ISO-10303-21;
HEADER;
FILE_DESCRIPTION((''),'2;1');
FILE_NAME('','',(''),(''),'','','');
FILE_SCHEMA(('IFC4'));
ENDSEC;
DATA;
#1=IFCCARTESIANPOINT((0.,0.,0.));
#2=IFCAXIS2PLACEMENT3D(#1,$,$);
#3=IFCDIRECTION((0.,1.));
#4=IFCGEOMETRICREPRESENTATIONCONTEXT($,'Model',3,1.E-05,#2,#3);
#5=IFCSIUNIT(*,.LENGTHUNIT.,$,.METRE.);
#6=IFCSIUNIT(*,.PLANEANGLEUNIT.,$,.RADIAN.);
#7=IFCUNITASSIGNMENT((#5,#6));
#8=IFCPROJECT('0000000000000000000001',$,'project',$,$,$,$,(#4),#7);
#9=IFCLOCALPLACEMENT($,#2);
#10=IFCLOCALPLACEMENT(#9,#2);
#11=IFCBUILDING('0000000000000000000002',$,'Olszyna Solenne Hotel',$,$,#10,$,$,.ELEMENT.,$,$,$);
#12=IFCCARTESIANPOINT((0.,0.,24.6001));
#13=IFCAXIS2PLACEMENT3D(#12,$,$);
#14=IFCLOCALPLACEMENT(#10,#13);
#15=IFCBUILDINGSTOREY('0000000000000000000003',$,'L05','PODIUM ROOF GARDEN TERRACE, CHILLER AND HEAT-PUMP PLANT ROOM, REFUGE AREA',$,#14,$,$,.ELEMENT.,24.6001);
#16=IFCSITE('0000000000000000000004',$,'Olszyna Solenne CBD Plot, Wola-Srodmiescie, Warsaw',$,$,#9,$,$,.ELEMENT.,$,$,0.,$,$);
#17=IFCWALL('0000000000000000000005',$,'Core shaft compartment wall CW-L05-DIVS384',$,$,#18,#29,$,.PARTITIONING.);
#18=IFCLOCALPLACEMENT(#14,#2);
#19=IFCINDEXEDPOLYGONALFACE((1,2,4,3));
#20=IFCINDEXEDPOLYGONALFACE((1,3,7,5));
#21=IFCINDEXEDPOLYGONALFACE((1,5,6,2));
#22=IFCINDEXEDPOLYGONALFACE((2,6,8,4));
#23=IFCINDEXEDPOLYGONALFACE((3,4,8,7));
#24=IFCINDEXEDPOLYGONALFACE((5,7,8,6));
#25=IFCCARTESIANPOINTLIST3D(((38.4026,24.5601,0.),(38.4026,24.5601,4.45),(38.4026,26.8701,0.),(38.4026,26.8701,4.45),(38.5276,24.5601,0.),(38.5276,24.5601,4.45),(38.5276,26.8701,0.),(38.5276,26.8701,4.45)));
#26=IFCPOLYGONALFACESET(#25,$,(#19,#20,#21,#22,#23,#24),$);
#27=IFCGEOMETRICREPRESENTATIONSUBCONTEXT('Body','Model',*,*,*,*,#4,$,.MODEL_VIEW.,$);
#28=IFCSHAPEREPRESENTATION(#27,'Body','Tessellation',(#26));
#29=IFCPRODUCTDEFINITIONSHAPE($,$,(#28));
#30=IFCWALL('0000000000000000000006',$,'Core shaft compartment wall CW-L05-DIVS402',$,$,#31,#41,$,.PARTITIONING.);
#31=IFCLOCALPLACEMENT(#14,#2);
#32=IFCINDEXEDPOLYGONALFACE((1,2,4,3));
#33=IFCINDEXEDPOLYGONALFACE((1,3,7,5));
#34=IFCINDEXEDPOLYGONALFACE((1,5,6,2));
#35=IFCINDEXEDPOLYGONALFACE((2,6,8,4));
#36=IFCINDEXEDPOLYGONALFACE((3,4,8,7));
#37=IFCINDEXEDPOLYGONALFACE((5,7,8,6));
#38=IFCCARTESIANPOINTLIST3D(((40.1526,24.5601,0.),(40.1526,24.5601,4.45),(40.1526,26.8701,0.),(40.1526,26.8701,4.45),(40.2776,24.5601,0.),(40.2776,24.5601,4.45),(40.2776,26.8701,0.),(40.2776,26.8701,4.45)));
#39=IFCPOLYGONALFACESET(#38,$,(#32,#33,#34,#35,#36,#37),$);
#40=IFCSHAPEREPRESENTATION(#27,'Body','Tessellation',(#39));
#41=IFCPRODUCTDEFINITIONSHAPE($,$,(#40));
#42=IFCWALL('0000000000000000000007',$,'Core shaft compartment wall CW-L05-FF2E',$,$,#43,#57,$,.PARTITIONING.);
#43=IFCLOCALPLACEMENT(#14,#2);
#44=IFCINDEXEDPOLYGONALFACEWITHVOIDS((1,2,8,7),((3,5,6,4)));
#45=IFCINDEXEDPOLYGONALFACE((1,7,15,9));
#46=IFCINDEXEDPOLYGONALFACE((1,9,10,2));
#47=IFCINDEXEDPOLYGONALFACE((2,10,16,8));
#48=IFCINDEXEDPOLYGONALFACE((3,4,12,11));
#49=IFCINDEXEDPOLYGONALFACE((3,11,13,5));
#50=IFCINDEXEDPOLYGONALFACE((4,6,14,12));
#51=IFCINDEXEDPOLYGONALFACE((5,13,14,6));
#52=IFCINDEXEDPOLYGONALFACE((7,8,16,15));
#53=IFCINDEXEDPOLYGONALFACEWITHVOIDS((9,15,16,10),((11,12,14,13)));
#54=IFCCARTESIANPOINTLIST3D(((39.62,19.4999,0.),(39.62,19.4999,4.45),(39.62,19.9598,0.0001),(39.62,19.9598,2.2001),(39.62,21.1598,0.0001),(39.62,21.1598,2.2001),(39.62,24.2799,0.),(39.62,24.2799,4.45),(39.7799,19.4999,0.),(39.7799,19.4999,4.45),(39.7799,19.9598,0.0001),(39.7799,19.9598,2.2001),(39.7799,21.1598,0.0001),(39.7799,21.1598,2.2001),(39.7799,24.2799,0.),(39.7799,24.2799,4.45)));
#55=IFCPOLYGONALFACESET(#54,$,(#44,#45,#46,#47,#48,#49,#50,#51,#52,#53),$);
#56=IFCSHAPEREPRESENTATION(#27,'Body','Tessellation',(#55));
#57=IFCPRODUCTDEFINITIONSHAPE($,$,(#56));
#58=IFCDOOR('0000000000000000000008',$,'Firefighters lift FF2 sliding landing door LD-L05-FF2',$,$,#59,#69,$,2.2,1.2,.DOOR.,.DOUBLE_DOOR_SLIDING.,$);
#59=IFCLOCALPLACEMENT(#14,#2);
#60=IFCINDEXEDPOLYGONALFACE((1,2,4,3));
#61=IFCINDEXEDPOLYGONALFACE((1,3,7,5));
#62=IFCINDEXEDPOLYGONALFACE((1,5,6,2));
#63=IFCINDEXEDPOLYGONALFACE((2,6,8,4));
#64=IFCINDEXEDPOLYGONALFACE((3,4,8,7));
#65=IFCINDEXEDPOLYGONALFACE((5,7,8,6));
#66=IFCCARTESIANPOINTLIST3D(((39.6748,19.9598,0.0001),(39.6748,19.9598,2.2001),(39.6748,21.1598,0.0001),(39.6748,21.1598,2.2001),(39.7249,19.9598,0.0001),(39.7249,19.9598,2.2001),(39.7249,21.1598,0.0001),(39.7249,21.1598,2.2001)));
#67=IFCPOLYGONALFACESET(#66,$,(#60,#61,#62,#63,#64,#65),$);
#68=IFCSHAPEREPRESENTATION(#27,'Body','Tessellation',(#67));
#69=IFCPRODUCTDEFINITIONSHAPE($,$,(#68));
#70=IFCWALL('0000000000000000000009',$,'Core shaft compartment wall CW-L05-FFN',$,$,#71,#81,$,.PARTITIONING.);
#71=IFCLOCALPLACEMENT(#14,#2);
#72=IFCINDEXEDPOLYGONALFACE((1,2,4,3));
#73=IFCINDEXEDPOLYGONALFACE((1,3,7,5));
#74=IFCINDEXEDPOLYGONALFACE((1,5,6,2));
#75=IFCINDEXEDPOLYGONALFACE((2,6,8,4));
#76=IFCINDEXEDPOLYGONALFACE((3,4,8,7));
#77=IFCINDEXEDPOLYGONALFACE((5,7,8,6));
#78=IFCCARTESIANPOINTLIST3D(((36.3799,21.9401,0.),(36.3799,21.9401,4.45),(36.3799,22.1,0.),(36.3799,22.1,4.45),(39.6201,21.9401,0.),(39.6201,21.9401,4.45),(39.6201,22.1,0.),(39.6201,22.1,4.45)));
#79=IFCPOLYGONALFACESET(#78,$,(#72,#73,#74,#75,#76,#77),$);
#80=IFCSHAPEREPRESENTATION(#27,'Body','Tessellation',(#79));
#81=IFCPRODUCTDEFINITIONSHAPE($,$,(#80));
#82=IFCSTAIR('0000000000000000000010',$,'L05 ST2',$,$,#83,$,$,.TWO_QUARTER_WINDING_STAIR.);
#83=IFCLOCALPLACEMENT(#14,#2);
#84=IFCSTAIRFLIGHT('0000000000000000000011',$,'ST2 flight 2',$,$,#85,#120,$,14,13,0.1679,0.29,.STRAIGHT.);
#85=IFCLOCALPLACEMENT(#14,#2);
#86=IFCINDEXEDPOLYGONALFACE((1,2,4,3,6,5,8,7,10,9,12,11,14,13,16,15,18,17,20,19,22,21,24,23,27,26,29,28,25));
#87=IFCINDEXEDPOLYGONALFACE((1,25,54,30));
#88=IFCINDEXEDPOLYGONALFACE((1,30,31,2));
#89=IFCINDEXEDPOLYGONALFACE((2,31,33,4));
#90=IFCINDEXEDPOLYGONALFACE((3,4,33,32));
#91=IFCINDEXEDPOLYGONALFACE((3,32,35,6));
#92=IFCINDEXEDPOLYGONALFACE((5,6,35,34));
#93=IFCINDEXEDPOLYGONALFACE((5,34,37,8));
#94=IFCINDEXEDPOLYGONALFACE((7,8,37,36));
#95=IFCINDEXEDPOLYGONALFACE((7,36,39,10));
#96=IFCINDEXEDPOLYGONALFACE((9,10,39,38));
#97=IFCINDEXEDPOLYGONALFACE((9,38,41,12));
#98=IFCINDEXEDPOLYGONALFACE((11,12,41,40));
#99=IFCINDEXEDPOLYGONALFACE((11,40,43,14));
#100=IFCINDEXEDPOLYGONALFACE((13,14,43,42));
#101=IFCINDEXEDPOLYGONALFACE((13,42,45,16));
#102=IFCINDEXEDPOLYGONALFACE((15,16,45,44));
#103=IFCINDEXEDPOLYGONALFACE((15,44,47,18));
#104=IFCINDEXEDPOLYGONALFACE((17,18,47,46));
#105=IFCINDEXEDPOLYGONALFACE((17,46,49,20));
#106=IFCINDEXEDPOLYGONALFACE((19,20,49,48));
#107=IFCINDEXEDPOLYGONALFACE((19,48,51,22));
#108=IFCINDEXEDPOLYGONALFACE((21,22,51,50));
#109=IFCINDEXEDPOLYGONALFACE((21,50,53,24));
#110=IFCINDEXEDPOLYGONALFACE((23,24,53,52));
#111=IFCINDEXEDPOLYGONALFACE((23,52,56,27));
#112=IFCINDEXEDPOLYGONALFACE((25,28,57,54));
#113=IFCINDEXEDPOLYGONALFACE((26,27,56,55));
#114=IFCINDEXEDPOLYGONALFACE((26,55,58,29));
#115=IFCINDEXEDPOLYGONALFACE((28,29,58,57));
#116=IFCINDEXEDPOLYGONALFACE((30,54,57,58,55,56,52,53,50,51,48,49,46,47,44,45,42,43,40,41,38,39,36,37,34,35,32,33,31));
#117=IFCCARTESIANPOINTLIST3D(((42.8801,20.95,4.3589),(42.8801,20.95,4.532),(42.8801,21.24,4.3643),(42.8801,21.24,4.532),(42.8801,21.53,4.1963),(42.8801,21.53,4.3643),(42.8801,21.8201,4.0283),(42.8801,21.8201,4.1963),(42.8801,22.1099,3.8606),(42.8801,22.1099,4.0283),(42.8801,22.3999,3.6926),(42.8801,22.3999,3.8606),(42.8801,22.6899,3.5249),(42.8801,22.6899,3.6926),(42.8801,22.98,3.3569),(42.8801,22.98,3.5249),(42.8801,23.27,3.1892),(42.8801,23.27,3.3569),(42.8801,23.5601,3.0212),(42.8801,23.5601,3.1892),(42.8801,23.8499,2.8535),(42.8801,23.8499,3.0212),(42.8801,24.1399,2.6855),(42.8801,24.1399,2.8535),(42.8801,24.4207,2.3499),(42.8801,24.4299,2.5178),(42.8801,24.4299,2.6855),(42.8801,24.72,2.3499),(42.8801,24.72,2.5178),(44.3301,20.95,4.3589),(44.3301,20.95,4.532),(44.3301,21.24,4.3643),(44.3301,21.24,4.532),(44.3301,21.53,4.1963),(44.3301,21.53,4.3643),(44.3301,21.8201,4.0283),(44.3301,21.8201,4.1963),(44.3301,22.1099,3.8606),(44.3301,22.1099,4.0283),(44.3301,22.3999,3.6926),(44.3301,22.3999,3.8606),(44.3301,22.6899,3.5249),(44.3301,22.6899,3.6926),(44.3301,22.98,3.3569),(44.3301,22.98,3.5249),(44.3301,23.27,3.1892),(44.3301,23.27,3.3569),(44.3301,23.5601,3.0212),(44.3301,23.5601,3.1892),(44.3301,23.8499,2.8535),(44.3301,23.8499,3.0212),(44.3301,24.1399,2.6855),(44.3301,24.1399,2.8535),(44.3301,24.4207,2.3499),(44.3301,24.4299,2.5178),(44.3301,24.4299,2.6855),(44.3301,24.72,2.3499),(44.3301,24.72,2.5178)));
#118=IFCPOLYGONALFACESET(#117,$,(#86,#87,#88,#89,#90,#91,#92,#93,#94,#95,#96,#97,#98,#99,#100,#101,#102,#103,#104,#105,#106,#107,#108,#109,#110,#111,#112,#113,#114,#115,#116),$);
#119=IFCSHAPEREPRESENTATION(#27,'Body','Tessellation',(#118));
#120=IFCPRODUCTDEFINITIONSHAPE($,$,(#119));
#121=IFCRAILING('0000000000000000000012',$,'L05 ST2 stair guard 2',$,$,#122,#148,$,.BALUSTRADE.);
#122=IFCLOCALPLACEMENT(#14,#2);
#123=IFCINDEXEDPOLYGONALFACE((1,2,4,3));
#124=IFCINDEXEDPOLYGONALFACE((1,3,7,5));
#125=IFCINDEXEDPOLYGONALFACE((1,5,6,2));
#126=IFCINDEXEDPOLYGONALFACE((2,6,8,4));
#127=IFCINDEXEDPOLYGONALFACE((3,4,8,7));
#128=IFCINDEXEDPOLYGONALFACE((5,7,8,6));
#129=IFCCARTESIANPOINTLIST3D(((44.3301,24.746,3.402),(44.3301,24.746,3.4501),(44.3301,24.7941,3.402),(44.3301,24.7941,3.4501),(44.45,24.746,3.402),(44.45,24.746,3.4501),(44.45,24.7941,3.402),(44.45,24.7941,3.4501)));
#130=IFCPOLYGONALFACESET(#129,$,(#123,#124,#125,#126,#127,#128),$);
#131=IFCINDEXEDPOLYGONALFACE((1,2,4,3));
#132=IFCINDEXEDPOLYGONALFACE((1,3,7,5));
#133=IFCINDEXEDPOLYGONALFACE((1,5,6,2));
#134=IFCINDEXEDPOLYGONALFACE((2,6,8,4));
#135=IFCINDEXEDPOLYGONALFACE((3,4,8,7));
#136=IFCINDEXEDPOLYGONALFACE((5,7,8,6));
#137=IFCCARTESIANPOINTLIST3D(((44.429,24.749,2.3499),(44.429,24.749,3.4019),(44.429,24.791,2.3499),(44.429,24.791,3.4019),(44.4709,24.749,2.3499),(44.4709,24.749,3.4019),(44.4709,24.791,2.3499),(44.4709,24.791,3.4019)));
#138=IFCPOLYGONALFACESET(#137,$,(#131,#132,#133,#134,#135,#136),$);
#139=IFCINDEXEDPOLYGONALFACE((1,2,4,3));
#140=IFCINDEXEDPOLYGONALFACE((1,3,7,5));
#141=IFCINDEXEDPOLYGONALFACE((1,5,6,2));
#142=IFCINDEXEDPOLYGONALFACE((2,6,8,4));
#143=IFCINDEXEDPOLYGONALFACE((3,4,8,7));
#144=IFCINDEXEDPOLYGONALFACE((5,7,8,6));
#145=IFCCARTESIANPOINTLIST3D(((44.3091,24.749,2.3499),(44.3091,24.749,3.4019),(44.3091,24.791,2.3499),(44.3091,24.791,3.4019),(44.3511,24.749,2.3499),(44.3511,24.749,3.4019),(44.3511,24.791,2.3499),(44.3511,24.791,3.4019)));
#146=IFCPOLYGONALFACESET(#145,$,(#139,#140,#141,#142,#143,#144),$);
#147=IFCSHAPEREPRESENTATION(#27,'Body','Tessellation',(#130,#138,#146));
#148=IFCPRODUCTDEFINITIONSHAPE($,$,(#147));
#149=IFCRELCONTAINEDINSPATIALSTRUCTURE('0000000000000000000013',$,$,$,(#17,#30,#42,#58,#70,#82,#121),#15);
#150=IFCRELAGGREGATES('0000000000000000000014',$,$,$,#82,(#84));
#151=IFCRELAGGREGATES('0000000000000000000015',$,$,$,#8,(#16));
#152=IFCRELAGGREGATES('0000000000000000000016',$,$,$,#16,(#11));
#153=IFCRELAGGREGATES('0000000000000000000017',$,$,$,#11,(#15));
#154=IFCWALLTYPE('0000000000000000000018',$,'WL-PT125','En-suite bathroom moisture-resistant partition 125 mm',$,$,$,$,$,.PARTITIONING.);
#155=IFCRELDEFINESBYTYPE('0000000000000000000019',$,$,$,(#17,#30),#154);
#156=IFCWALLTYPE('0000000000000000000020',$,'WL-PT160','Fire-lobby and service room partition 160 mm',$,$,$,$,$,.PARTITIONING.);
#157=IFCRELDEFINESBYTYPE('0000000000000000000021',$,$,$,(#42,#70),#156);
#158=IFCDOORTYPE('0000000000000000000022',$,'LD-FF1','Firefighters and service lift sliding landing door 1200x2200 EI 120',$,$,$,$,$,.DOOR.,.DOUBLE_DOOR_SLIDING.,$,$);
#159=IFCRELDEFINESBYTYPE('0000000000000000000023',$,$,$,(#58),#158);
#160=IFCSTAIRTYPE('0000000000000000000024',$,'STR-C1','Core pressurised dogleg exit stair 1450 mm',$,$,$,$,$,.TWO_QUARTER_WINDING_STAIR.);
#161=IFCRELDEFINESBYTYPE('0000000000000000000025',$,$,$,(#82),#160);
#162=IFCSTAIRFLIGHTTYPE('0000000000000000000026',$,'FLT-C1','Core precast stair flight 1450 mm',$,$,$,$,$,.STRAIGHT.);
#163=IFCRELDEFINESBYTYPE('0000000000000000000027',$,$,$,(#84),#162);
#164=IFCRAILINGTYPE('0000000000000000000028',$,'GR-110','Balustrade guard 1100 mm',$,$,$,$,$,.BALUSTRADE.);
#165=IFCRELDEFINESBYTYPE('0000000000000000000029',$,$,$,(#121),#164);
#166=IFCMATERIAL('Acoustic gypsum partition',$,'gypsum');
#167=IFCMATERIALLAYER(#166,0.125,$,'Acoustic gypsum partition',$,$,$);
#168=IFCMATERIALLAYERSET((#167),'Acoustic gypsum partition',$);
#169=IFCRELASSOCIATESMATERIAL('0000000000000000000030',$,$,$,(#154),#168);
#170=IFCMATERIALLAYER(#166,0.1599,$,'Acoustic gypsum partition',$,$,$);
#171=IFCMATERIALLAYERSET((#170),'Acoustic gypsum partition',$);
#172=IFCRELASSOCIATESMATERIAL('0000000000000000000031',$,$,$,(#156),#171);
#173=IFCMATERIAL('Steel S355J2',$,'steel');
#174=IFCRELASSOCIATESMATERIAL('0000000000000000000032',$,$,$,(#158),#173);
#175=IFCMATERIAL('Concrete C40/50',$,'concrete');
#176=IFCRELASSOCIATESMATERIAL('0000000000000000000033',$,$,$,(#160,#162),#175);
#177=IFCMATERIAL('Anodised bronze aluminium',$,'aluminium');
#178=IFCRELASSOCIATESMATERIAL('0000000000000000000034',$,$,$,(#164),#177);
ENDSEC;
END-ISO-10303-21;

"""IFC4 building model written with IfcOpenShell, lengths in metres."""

from ifc_helpers import new_model, si_unit, direction, frame, frame_2d, origin, origin_2d, place, context, subcontext, project, spatial, polyline, rectangle, outline, extrude, source, transform, mapped, material, layer, layer_set, type_object, type_shapes, element, fill, aggregate, save


model = new_model("IFC4")

# Units and contexts
model_context = context("Model", 3, precision=1e-05, world=origin(), true_north=direction((0.0, 1.0)))
body_context = subcontext(model_context, "Body", "Model", "MODEL_VIEW")
ifc_project = project(units=[si_unit("LENGTHUNIT", "METRE"), si_unit("PLANEANGLEUNIT", "RADIAN")], contexts=[model_context])

# Site, building, storey
site_placement = place(None, origin())
site = spatial("IfcSite", under=ifc_project, at=site_placement, Name="Olszyna Solenne CBD Plot, Wola-Srodmiescie, Warsaw", CompositionType="ELEMENT", RefElevation=0.0)
building_placement = place(site_placement, origin())
building = spatial("IfcBuilding", under=site, at=building_placement, Name="Olszyna Solenne Hotel", CompositionType="ELEMENT")
storey_placement = place(building_placement, frame((0.0, 0.0, 24.6001)))
storey = spatial("IfcBuildingStorey", under=building, at=storey_placement, Name="L05", Description="PODIUM ROOF GARDEN TERRACE, CHILLER AND HEAT-PUMP PLANT ROOM, REFUGE AREA", CompositionType="ELEMENT", Elevation=24.6001)

# Shared definitions
ifc_material_1 = material(Name="Steel S355J2", Category="steel")

# Shared definitions
ifc_material_2 = material(Name="Acoustic gypsum partition", Category="gypsum")
ifc_layer_1 = layer(ifc_material_2, 0.125, Name="Acoustic gypsum partition")
ifc_layer_set_1 = layer_set([ifc_layer_1], Name="Acoustic gypsum partition")
wall_type_1 = type_object("IfcWallType", Name="WL-PT125", Description="En-suite bathroom moisture-resistant partition 125 mm", PredefinedType="PARTITIONING", material=ifc_layer_set_1)

# Walls
for number, where, z_axis, x_axis, name in (
    (1, (38.4651, 24.5601, 0.0), (0.0, 0.0, 1.0), (0.0, 1.0, 0.0), "Core shaft compartment wall CW-L05-DIVS384"),
    (2, (40.2151, 24.5601, 0.0), (0.0, 0.0, 1.0), (0.0, 1.0, 0.0), "Core shaft compartment wall CW-L05-DIVS402"),
):
    element("IfcWall", number, at=place(storey_placement, frame(where, z_axis=z_axis, x_axis=x_axis)), inside=storey, type_object=wall_type_1, Name=name, PredefinedType="PARTITIONING", context=body_context, shape_type="SweptSolid", body=[
        extrude(rectangle(XDim=2.3101, YDim=0.125, at=frame_2d((1.155, 0.0))), origin(), (0.0, 0.0, 1.0), 4.45),
    ])

# Wall, opening, door
ifc_layer_2 = layer(ifc_material_2, 0.1599, Name="Acoustic gypsum partition")
ifc_layer_set_2 = layer_set([ifc_layer_2], Name="Acoustic gypsum partition")
wall_type_2 = type_object("IfcWallType", Name="WL-PT160", Description="Fire-lobby and service room partition 160 mm", PredefinedType="PARTITIONING", material=ifc_layer_set_2)
wall_1_placement = place(storey_placement, frame((39.7, 24.28, 0.0), z_axis=(0.0, 0.0, 1.0), x_axis=(0.0, -1.0, 0.0)))
wall_1 = element("IfcWall", 3, at=wall_1_placement, inside=storey, type_object=wall_type_2, Name="Core shaft compartment wall CW-L05-FF2E", PredefinedType="PARTITIONING", context=body_context, shape_type="SweptSolid", body=[
    extrude(rectangle(XDim=4.78, YDim=0.1599, at=frame_2d((2.3901, 0.0))), origin(), (0.0, 0.0, 1.0), 4.45),
])
opening_1_placement = place(wall_1_placement, frame((3.1201, 0.0, 0.0)))
opening_1 = element("IfcOpeningElement", 4, at=opening_1_placement, cuts=wall_1, PredefinedType="OPENING", context=body_context, shape_type="SweptSolid", body=[
    extrude(rectangle(XDim=1.2, YDim=2.2, at=frame_2d((0.6001, 1.1001))), frame((0.0, 0.0898, 0.0), z_axis=(0.0, -1.0, 0.0), x_axis=(1.0, 0.0, 0.0)), (0.0, 0.0, 1.0), 0.1799),
])
door_type_1 = type_object("IfcDoorType", Name="LD-FF1", Description="Firefighters and service lift sliding landing door 1200x2200 EI 120", OperationType="DOUBLE_DOOR_SLIDING", PredefinedType="DOOR", material=ifc_material_1)
shared_shape_1 = source(origin(), body_context, "Body", "SweptSolid", [
    extrude(rectangle(XDim=1.2, YDim=2.2, at=frame_2d((0.6001, 1.1001))), frame((0.0, 0.0249, 0.0), z_axis=(0.0, -1.0, 0.0), x_axis=(1.0, 0.0, 0.0)), (0.0, 0.0, 1.0), 0.05),
])
type_shapes(door_type_1, [shared_shape_1])
door_1_placement = place(opening_1_placement, origin())
door_1 = element("IfcDoor", 5, at=door_1_placement, inside=storey, type_object=door_type_1, Name="Firefighters lift FF2 sliding landing door LD-L05-FF2", OperationType="DOUBLE_DOOR_SLIDING", OverallHeight=2.2, OverallWidth=1.2, PredefinedType="DOOR", context=body_context, shape_type="MappedRepresentation", body=[
    mapped(shared_shape_1, transform((0.0, 0.0, 0.0), x_axis=(1.0, 0.0, 0.0), y_axis=(0.0, 1.0, 0.0), z_axis=(0.0, 0.0, 1.0), scale=1.0)),
])
fill(opening_1, door_1)

# Wall
wall_2_placement = place(storey_placement, frame((36.3799, 22.02, 0.0), z_axis=(0.0, 0.0, 1.0), x_axis=(1.0, 0.0, 0.0)))
element("IfcWall", 6, at=wall_2_placement, inside=storey, type_object=wall_type_2, Name="Core shaft compartment wall CW-L05-FFN", PredefinedType="PARTITIONING", context=body_context, shape_type="SweptSolid", body=[
    extrude(rectangle(XDim=3.2402, YDim=0.1599, at=frame_2d((1.6201, 0.0))), origin(), (0.0, 0.0, 1.0), 4.45),
])

# Stair, stair flight
ifc_material_3 = material(Name="Concrete C40/50", Category="concrete")
stair_type = type_object("IfcStairType", Name="STR-C1", Description="Core pressurised dogleg exit stair 1450 mm", PredefinedType="TWO_QUARTER_WINDING_STAIR", material=ifc_material_3)
stair_placement = place(storey_placement, origin())
stair = element("IfcStair", 7, at=stair_placement, inside=storey, type_object=stair_type, Name="L05 ST2", PredefinedType="TWO_QUARTER_WINDING_STAIR")
stair_flight_type = type_object("IfcStairFlightType", Name="FLT-C1", Description="Core precast stair flight 1450 mm", PredefinedType="STRAIGHT", material=ifc_material_3)
stair_flight_placement = place(storey_placement, frame((43.605, 24.72, 2.3499), z_axis=(0.0, 0.0, 1.0), x_axis=(0.0, -1.0, 0.0)))
stair_flight = element("IfcStairFlight", 8, at=stair_flight_placement, type_object=stair_flight_type, Name="ST2 flight 2", NumberOfRisers=14, NumberOfTreads=13, PredefinedType="STRAIGHT", RiserHeight=0.1679, TreadLength=0.29, context=body_context, shape_type="SweptSolid", body=[
    extrude(outline(polyline([(0.0, 0.0), (0.0, 0.168), (0.29, 0.168), (0.29, 0.3357), (0.5801, 0.3357), (0.5801, 0.5037), (0.8701, 0.5037), (0.8701, 0.6714), (1.1599, 0.6714), (1.1599, 0.8394), (1.45, 0.8394), (1.45, 1.0071), (1.74, 1.0071), (1.74, 1.175), (2.03, 1.175), (2.03, 1.3428), (2.3201, 1.3428), (2.3201, 1.5107), (2.6101, 1.5107), (2.6101, 1.6785), (2.8999, 1.6785), (2.8999, 1.8464), (3.1899, 1.8464), (3.1899, 2.0144), (3.48, 2.0144), (3.48, 2.1821), (3.77, 2.1821), (3.77, 2.3501), (3.77, 2.009), (0.2993, 0.0), (0.0, 0.0)])), frame((0.0, 0.7251, 0.0), z_axis=(0.0, -1.0, 0.0), x_axis=(1.0, 0.0, 0.0)), (0.0, 0.0, 1.0), 1.45),
])
aggregate(stair, [stair_flight])

# Railing
ifc_material_4 = material(Name="Anodised bronze aluminium", Category="aluminium")
railing_type_1 = type_object("IfcRailingType", Name="GR-110", Description="Balustrade guard 1100 mm", PredefinedType="BALUSTRADE", material=ifc_material_4)
railing_1_placement = place(storey_placement, frame((44.45, 24.77, 2.3499)))
element("IfcRailing", 9, at=railing_1_placement, inside=storey, type_object=railing_type_1, Name="L05 ST2 stair guard 2", PredefinedType="BALUSTRADE", context=body_context, shape_type="SweptSolid", body=[
    extrude(rectangle(XDim=0.0481, YDim=0.0481, at=origin_2d()), frame((0.0, 0.0, 1.0762), z_axis=(-1.0, 0.0, 0.0), x_axis=(0.0, -1.0, 0.0)), (0.0, 0.0, 1.0), 0.1199),
    extrude(rectangle(XDim=0.042, YDim=0.042, at=origin_2d()), origin(), (0.0, 0.0, 1.0), 1.052),
    extrude(rectangle(XDim=0.042, YDim=0.042, at=origin_2d()), frame((-0.1199, 0.0, 0.0)), (0.0, 0.0, 1.0), 1.052),
])

save(model, "model.ifc")
